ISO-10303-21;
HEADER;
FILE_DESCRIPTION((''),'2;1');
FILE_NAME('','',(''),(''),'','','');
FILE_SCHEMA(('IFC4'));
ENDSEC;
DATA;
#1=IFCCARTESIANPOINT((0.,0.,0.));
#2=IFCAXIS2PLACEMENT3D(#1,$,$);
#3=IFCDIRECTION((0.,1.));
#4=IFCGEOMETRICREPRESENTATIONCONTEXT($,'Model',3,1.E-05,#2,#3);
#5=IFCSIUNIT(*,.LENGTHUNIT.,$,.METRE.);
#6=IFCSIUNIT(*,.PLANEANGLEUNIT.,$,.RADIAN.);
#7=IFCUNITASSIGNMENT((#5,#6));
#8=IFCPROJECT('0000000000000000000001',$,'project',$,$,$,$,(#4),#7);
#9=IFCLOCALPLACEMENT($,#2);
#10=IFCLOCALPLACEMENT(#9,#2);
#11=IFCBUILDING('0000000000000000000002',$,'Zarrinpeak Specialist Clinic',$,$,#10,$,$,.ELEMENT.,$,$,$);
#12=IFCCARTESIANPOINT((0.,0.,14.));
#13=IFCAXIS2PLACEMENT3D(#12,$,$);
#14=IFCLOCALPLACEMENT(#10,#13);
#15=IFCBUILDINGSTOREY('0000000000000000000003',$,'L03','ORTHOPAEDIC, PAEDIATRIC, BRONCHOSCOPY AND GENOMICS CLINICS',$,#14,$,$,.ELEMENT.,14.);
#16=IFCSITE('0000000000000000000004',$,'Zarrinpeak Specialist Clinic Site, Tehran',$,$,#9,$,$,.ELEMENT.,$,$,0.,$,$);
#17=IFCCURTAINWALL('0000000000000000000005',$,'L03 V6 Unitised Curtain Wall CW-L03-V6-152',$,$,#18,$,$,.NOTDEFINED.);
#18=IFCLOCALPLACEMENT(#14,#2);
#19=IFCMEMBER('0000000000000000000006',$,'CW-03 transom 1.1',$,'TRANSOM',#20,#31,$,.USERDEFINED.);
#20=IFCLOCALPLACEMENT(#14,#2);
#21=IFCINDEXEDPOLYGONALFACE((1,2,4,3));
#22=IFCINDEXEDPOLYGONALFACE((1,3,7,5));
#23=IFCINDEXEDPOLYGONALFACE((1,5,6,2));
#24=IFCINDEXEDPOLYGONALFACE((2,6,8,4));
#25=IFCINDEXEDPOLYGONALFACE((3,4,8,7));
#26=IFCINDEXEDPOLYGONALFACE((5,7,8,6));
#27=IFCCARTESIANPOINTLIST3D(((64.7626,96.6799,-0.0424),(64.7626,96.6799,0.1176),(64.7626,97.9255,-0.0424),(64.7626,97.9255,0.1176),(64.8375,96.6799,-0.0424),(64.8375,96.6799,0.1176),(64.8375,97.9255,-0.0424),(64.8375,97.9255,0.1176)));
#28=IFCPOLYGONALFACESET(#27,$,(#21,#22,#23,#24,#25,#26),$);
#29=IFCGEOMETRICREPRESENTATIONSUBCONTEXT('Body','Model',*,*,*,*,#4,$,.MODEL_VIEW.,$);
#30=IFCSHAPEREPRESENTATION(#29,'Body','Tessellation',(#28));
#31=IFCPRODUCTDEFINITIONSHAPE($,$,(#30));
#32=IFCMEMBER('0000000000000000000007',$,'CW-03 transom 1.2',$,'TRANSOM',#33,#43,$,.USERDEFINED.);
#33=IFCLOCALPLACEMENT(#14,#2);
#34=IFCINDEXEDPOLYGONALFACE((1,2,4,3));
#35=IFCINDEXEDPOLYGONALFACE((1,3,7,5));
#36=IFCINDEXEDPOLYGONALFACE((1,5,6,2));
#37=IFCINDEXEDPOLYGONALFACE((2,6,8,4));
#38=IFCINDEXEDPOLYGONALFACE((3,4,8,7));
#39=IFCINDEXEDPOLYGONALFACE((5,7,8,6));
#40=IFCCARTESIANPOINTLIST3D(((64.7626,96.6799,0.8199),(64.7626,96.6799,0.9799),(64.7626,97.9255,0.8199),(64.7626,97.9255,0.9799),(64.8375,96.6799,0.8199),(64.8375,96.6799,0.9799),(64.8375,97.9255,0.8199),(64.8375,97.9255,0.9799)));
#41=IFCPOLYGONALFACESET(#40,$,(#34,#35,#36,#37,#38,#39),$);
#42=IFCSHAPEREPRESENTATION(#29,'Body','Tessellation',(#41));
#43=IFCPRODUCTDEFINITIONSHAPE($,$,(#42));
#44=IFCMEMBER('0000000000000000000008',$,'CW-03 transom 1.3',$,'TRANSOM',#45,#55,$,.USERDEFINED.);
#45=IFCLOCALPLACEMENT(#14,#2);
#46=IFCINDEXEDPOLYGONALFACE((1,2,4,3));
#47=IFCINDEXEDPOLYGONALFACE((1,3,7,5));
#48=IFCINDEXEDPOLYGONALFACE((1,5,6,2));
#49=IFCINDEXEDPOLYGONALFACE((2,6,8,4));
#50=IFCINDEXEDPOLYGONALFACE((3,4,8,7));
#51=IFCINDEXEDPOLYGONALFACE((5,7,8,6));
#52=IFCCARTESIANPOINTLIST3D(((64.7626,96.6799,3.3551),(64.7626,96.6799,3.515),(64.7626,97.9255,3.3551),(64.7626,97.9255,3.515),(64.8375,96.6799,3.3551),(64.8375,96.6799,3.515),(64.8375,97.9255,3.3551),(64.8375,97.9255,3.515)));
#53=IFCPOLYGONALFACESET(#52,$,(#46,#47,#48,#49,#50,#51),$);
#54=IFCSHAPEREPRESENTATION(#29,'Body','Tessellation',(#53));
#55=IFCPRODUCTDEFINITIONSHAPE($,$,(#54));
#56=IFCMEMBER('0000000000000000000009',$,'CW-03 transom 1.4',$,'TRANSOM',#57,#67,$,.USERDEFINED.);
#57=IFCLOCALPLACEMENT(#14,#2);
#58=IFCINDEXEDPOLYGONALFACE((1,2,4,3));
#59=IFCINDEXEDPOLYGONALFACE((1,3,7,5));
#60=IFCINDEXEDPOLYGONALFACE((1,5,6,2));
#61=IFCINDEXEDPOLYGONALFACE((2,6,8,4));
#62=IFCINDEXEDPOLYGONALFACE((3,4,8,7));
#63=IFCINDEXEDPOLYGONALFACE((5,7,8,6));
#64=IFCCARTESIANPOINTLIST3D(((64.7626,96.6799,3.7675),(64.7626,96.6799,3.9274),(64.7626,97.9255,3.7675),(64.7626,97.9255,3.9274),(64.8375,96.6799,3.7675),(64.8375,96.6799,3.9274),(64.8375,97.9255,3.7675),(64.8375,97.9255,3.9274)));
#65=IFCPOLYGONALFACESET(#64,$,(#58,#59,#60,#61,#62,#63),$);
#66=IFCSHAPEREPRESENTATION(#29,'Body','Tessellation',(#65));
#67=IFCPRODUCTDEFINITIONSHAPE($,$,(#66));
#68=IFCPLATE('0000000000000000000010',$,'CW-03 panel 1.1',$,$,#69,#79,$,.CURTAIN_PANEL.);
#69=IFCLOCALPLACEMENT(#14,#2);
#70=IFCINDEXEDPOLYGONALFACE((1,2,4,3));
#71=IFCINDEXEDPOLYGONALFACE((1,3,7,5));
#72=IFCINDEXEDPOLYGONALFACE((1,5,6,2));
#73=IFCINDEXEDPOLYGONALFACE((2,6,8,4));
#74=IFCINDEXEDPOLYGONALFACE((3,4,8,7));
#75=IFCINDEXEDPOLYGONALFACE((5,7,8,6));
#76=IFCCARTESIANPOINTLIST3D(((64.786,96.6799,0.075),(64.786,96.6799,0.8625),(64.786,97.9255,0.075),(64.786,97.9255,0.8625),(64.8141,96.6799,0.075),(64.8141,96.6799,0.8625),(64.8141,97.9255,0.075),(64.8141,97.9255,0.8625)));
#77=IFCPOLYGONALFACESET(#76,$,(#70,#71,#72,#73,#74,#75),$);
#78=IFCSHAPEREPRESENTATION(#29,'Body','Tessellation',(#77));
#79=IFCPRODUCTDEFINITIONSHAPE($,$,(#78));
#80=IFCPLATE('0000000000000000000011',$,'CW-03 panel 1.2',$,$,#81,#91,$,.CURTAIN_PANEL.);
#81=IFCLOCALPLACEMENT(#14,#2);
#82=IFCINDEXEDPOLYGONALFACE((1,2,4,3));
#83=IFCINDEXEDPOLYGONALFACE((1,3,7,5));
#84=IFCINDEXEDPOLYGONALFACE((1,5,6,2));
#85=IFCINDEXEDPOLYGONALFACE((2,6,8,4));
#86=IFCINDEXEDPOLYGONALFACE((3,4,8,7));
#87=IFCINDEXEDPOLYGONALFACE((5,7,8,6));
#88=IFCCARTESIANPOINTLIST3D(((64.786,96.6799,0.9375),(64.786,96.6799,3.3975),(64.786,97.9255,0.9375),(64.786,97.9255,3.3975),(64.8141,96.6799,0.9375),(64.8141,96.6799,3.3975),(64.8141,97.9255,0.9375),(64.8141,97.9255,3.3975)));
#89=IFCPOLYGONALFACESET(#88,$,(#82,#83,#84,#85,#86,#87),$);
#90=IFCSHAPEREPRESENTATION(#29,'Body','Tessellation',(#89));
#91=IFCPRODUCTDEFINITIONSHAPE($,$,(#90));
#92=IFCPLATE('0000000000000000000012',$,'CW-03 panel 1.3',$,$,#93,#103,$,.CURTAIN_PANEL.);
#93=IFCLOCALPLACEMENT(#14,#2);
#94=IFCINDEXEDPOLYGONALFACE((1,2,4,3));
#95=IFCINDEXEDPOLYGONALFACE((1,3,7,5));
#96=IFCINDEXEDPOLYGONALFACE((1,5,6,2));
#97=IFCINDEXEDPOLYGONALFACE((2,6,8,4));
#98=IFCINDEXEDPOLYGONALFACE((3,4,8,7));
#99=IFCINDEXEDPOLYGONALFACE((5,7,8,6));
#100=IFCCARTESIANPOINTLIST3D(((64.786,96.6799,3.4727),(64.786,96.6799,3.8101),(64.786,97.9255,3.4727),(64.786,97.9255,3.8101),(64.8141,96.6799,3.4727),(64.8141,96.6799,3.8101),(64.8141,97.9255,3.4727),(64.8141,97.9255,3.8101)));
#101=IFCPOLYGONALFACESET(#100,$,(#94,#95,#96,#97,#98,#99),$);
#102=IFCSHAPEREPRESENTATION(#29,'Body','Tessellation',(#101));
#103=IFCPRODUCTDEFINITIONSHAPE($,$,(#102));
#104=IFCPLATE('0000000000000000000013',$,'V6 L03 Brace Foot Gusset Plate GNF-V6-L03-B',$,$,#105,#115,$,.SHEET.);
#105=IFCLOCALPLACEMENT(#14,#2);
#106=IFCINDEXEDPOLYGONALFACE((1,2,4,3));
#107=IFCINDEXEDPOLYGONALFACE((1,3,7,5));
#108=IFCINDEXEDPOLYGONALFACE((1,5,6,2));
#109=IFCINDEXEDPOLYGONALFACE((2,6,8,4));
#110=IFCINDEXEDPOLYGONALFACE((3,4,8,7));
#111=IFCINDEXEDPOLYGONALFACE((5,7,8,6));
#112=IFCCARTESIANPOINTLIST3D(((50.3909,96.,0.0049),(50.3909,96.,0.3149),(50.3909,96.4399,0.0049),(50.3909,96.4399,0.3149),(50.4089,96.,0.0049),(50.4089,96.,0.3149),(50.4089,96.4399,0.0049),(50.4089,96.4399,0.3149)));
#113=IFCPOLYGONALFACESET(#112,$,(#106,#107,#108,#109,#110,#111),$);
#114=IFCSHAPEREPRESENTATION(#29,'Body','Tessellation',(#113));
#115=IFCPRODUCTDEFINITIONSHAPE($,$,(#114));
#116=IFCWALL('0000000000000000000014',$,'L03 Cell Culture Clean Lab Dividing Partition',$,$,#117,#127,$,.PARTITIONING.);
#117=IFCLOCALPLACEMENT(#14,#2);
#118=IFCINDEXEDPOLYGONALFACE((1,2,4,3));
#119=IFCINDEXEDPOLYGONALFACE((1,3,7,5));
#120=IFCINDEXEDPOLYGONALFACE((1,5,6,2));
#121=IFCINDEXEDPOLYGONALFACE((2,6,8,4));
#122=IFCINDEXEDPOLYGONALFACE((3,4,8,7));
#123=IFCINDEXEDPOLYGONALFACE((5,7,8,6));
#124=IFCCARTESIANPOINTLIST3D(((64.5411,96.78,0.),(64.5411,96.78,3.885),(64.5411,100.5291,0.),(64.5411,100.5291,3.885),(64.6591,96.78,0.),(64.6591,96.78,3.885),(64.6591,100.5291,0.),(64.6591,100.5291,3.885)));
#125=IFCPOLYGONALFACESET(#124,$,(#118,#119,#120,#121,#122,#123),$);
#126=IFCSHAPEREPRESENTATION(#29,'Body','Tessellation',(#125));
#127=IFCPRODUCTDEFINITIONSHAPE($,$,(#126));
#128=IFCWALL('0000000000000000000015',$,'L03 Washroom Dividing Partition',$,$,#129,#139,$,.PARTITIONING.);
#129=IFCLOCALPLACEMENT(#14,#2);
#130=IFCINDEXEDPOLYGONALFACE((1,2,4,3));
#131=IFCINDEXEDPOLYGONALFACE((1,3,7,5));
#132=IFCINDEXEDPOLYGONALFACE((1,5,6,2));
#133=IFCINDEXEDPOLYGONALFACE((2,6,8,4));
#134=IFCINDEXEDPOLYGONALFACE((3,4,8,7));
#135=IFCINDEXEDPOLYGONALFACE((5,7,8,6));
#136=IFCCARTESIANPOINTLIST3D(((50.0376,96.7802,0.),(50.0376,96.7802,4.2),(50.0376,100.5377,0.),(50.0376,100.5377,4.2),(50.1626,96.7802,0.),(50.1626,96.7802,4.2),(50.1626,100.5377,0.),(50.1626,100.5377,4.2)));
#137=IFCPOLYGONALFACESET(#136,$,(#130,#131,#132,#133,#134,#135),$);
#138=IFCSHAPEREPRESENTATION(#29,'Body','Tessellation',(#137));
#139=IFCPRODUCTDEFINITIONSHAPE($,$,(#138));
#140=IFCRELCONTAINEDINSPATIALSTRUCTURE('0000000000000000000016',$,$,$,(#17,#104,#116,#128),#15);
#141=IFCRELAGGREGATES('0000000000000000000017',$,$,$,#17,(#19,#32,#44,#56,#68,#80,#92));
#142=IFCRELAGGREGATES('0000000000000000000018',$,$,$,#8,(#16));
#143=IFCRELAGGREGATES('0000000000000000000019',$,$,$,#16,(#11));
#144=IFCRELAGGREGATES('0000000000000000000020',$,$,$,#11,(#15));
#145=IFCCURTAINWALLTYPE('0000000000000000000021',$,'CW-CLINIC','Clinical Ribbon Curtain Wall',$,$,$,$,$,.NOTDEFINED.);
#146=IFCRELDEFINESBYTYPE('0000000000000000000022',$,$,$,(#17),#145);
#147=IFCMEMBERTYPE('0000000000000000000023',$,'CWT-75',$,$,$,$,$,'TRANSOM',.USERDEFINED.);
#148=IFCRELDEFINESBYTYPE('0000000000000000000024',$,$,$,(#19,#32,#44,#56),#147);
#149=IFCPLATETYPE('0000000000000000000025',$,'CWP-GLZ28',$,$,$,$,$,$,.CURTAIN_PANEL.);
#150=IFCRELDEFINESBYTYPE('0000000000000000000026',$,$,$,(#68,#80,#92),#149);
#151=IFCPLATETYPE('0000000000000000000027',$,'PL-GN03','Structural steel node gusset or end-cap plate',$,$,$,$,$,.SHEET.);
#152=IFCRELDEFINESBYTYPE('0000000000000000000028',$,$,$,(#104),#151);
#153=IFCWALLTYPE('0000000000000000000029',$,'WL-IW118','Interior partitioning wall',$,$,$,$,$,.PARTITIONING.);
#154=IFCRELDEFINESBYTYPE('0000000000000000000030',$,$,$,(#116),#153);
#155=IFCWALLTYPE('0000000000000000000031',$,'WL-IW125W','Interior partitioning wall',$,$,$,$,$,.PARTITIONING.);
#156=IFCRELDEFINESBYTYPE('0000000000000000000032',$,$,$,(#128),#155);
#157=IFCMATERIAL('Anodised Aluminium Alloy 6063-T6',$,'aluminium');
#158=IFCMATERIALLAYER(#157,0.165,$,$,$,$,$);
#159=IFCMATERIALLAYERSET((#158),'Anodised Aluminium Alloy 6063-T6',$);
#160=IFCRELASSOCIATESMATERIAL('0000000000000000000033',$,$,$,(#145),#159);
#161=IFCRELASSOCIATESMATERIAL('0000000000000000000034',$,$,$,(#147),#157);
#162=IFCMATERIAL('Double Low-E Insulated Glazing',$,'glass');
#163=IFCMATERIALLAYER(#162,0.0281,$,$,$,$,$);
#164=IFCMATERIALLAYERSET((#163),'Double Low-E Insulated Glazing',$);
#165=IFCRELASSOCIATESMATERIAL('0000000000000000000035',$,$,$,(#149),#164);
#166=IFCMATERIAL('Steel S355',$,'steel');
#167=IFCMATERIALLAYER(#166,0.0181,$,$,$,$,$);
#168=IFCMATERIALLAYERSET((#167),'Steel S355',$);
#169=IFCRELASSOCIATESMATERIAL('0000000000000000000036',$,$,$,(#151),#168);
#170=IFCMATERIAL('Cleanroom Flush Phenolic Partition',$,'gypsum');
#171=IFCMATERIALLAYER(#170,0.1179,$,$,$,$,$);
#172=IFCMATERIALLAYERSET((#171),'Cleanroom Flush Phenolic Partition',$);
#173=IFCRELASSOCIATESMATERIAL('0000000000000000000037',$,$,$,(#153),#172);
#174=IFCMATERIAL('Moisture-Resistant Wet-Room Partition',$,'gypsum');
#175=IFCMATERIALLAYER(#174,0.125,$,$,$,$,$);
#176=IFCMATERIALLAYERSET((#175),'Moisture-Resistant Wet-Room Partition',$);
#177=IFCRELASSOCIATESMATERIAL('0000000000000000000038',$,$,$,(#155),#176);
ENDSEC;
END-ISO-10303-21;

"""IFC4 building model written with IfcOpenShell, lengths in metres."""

from ifc_helpers import new_model, si_unit, direction, frame, frame_2d, origin, origin_2d, place, context, subcontext, project, spatial, rectangle, extrude, material, layer, layer_set, material_profile, profile_set, type_object, element, aggregate, save


model = new_model("IFC4")

# Units and contexts
model_context = context("Model", 3, precision=1e-05, world=origin(), true_north=direction((0.0, 1.0)))
body_context = subcontext(model_context, "Body", "Model", "MODEL_VIEW")
ifc_project = project(units=[si_unit("LENGTHUNIT", "METRE"), si_unit("PLANEANGLEUNIT", "RADIAN")], contexts=[model_context])

# Site, building, storey
site_placement = place(None, origin())
site = spatial("IfcSite", under=ifc_project, at=site_placement, Name="Zarrinpeak Specialist Clinic Site, Tehran", CompositionType="ELEMENT", RefElevation=0.0)
building_placement = place(site_placement, origin())
building = spatial("IfcBuilding", under=site, at=building_placement, Name="Zarrinpeak Specialist Clinic", CompositionType="ELEMENT")
storey_placement = place(building_placement, frame((0.0, 0.0, 14.0)))
storey = spatial("IfcBuildingStorey", under=building, at=storey_placement, Name="L03", Description="ORTHOPAEDIC, PAEDIATRIC, BRONCHOSCOPY AND GENOMICS CLINICS", CompositionType="ELEMENT", Elevation=14.0)

# Shared definitions
ifc_material_1 = material(Name="Steel S355", Category="steel")

# Curtain wall, members, plates
ifc_material_2 = material(Name="Anodised Aluminium Alloy 6063-T6", Category="aluminium")
ifc_layer_1 = layer(ifc_material_2, 0.165)
ifc_layer_set_1 = layer_set([ifc_layer_1], Name="Anodised Aluminium Alloy 6063-T6")
curtain_wall_type = type_object("IfcCurtainWallType", Name="CW-CLINIC", Description="Clinical Ribbon Curtain Wall", PredefinedType="NOTDEFINED", material=ifc_layer_set_1)
curtain_wall_placement = place(storey_placement, origin())
curtain_wall = element("IfcCurtainWall", 1, at=curtain_wall_placement, inside=storey, type_object=curtain_wall_type, Name="L03 V6 Unitised Curtain Wall CW-L03-V6-152", PredefinedType="NOTDEFINED")
ifc_material_profile_1 = material_profile(ifc_material_2, rectangle(XDim=0.075, YDim=0.1599, at=origin_2d()), Name="ALU 75x160")
ifc_profile_set_1 = profile_set([ifc_material_profile_1], Name="Anodised Aluminium Alloy 6063-T6")
member_type_1 = type_object("IfcMemberType", Name="CWT-75", ElementType="TRANSOM", PredefinedType="USERDEFINED", material=ifc_profile_set_1)
member_1_placement = place(storey_placement, frame((64.8, 96.6799, 0.0376), z_axis=(0.0, 1.0, 0.0), x_axis=(-1.0, 0.0, 0.0)))
member_1 = element("IfcMember", 2, at=member_1_placement, type_object=member_type_1, Name="CW-03 transom 1.1", ObjectType="TRANSOM", PredefinedType="USERDEFINED", context=body_context, shape_type="SweptSolid", body=[
    extrude(rectangle(XDim=0.075, YDim=0.1599, at=origin_2d()), origin(), (0.0, 0.0, 1.0), 1.2456),
])
member_2_placement = place(storey_placement, frame((64.8, 96.6799, 0.8999), z_axis=(0.0, 1.0, 0.0), x_axis=(-1.0, 0.0, 0.0)))
member_2 = element("IfcMember", 3, at=member_2_placement, type_object=member_type_1, Name="CW-03 transom 1.2", ObjectType="TRANSOM", PredefinedType="USERDEFINED", context=body_context, shape_type="SweptSolid", body=[
    extrude(rectangle(XDim=0.075, YDim=0.1599, at=origin_2d()), origin(), (0.0, 0.0, 1.0), 1.2456),
])
member_3_placement = place(storey_placement, frame((64.8, 96.6799, 3.4351), z_axis=(0.0, 1.0, 0.0), x_axis=(-1.0, 0.0, 0.0)))
member_3 = element("IfcMember", 4, at=member_3_placement, type_object=member_type_1, Name="CW-03 transom 1.3", ObjectType="TRANSOM", PredefinedType="USERDEFINED", context=body_context, shape_type="SweptSolid", body=[
    extrude(rectangle(XDim=0.075, YDim=0.1599, at=origin_2d()), origin(), (0.0, 0.0, 1.0), 1.2456),
])
member_4_placement = place(storey_placement, frame((64.8, 96.6799, 3.8474), z_axis=(0.0, 1.0, 0.0), x_axis=(-1.0, 0.0, 0.0)))
member_4 = element("IfcMember", 5, at=member_4_placement, type_object=member_type_1, Name="CW-03 transom 1.4", ObjectType="TRANSOM", PredefinedType="USERDEFINED", context=body_context, shape_type="SweptSolid", body=[
    extrude(rectangle(XDim=0.075, YDim=0.1599, at=origin_2d()), origin(), (0.0, 0.0, 1.0), 1.2456),
])
ifc_material_3 = material(Name="Double Low-E Insulated Glazing", Category="glass")
ifc_layer_2 = layer(ifc_material_3, 0.0281)
ifc_layer_set_2 = layer_set([ifc_layer_2], Name="Double Low-E Insulated Glazing")
plate_type_1 = type_object("IfcPlateType", Name="CWP-GLZ28", PredefinedType="CURTAIN_PANEL", material=ifc_layer_set_2)
plate_1_placement = place(storey_placement, frame((64.8, 97.3027, 0.075), z_axis=(0.0, 0.0, 1.0), x_axis=(0.0, 1.0, 0.0)))
plate_1 = element("IfcPlate", 6, at=plate_1_placement, type_object=plate_type_1, Name="CW-03 panel 1.1", PredefinedType="CURTAIN_PANEL", context=body_context, shape_type="SweptSolid", body=[
    extrude(rectangle(XDim=1.2456, YDim=0.0281, at=origin_2d()), origin(), (0.0, 0.0, 1.0), 0.7876),
])
plate_2_placement = place(storey_placement, frame((64.8, 97.3027, 0.9375), z_axis=(0.0, 0.0, 1.0), x_axis=(0.0, 1.0, 0.0)))
plate_2 = element("IfcPlate", 7, at=plate_2_placement, type_object=plate_type_1, Name="CW-03 panel 1.2", PredefinedType="CURTAIN_PANEL", context=body_context, shape_type="SweptSolid", body=[
    extrude(rectangle(XDim=1.2456, YDim=0.0281, at=origin_2d()), origin(), (0.0, 0.0, 1.0), 2.46),
])
plate_3_placement = place(storey_placement, frame((64.8, 97.3027, 3.4727), z_axis=(0.0, 0.0, 1.0), x_axis=(0.0, 1.0, 0.0)))
plate_3 = element("IfcPlate", 8, at=plate_3_placement, type_object=plate_type_1, Name="CW-03 panel 1.3", PredefinedType="CURTAIN_PANEL", context=body_context, shape_type="SweptSolid", body=[
    extrude(rectangle(XDim=1.2456, YDim=0.0281, at=origin_2d()), origin(), (0.0, 0.0, 1.0), 0.3374),
])
aggregate(curtain_wall, [member_1, member_2, member_3, member_4, plate_1, plate_2, plate_3])

# Plate
ifc_layer_3 = layer(ifc_material_1, 0.0181)
ifc_layer_set_3 = layer_set([ifc_layer_3], Name="Steel S355")
plate_type_2 = type_object("IfcPlateType", Name="PL-GN03", Description="Structural steel node gusset or end-cap plate", PredefinedType="SHEET", material=ifc_layer_set_3)
plate_4_placement = place(storey_placement, frame((50.3999, 96.22, 0.0049), z_axis=(0.0, 0.0, 1.0), x_axis=(1.0, 0.0, 0.0)))
element("IfcPlate", 9, at=plate_4_placement, inside=storey, type_object=plate_type_2, Name="V6 L03 Brace Foot Gusset Plate GNF-V6-L03-B", PredefinedType="SHEET", context=body_context, shape_type="SweptSolid", body=[
    extrude(rectangle(XDim=0.0181, YDim=0.4399, at=origin_2d()), origin(), (0.0, 0.0, 1.0), 0.3101),
])

# Walls
ifc_material_4 = material(Name="Cleanroom Flush Phenolic Partition", Category="gypsum")
ifc_layer_4 = layer(ifc_material_4, 0.1179)
ifc_layer_set_4 = layer_set([ifc_layer_4], Name="Cleanroom Flush Phenolic Partition")
wall_type_1 = type_object("IfcWallType", Name="WL-IW118", Description="Interior partitioning wall", PredefinedType="PARTITIONING", material=ifc_layer_set_4)
wall_1_placement = place(storey_placement, frame((64.6001, 96.78, 0.0), z_axis=(0.0, 0.0, 1.0), x_axis=(0.0, 1.0, 0.0)))
element("IfcWall", 10, at=wall_1_placement, inside=storey, type_object=wall_type_1, Name="L03 Cell Culture Clean Lab Dividing Partition", PredefinedType="PARTITIONING", context=body_context, shape_type="SweptSolid", body=[
    extrude(rectangle(XDim=3.749, YDim=0.1179, at=frame_2d((1.8745, 0.0))), origin(), (0.0, 0.0, 1.0), 3.885),
])
ifc_material_5 = material(Name="Moisture-Resistant Wet-Room Partition", Category="gypsum")
ifc_layer_5 = layer(ifc_material_5, 0.125)
ifc_layer_set_5 = layer_set([ifc_layer_5], Name="Moisture-Resistant Wet-Room Partition")
wall_type_2 = type_object("IfcWallType", Name="WL-IW125W", Description="Interior partitioning wall", PredefinedType="PARTITIONING", material=ifc_layer_set_5)
wall_2_placement = place(storey_placement, frame((50.1001, 96.78, 0.0), z_axis=(0.0, 0.0, 1.0), x_axis=(0.0, 1.0, 0.0)))
element("IfcWall", 11, at=wall_2_placement, inside=storey, type_object=wall_type_2, Name="L03 Washroom Dividing Partition", PredefinedType="PARTITIONING", context=body_context, shape_type="SweptSolid", body=[
    extrude(rectangle(XDim=3.7576, YDim=0.125, at=frame_2d((1.8789, 0.0))), origin(), (0.0, 0.0, 1.0), 4.2),
])

save(model, "model.ifc")
